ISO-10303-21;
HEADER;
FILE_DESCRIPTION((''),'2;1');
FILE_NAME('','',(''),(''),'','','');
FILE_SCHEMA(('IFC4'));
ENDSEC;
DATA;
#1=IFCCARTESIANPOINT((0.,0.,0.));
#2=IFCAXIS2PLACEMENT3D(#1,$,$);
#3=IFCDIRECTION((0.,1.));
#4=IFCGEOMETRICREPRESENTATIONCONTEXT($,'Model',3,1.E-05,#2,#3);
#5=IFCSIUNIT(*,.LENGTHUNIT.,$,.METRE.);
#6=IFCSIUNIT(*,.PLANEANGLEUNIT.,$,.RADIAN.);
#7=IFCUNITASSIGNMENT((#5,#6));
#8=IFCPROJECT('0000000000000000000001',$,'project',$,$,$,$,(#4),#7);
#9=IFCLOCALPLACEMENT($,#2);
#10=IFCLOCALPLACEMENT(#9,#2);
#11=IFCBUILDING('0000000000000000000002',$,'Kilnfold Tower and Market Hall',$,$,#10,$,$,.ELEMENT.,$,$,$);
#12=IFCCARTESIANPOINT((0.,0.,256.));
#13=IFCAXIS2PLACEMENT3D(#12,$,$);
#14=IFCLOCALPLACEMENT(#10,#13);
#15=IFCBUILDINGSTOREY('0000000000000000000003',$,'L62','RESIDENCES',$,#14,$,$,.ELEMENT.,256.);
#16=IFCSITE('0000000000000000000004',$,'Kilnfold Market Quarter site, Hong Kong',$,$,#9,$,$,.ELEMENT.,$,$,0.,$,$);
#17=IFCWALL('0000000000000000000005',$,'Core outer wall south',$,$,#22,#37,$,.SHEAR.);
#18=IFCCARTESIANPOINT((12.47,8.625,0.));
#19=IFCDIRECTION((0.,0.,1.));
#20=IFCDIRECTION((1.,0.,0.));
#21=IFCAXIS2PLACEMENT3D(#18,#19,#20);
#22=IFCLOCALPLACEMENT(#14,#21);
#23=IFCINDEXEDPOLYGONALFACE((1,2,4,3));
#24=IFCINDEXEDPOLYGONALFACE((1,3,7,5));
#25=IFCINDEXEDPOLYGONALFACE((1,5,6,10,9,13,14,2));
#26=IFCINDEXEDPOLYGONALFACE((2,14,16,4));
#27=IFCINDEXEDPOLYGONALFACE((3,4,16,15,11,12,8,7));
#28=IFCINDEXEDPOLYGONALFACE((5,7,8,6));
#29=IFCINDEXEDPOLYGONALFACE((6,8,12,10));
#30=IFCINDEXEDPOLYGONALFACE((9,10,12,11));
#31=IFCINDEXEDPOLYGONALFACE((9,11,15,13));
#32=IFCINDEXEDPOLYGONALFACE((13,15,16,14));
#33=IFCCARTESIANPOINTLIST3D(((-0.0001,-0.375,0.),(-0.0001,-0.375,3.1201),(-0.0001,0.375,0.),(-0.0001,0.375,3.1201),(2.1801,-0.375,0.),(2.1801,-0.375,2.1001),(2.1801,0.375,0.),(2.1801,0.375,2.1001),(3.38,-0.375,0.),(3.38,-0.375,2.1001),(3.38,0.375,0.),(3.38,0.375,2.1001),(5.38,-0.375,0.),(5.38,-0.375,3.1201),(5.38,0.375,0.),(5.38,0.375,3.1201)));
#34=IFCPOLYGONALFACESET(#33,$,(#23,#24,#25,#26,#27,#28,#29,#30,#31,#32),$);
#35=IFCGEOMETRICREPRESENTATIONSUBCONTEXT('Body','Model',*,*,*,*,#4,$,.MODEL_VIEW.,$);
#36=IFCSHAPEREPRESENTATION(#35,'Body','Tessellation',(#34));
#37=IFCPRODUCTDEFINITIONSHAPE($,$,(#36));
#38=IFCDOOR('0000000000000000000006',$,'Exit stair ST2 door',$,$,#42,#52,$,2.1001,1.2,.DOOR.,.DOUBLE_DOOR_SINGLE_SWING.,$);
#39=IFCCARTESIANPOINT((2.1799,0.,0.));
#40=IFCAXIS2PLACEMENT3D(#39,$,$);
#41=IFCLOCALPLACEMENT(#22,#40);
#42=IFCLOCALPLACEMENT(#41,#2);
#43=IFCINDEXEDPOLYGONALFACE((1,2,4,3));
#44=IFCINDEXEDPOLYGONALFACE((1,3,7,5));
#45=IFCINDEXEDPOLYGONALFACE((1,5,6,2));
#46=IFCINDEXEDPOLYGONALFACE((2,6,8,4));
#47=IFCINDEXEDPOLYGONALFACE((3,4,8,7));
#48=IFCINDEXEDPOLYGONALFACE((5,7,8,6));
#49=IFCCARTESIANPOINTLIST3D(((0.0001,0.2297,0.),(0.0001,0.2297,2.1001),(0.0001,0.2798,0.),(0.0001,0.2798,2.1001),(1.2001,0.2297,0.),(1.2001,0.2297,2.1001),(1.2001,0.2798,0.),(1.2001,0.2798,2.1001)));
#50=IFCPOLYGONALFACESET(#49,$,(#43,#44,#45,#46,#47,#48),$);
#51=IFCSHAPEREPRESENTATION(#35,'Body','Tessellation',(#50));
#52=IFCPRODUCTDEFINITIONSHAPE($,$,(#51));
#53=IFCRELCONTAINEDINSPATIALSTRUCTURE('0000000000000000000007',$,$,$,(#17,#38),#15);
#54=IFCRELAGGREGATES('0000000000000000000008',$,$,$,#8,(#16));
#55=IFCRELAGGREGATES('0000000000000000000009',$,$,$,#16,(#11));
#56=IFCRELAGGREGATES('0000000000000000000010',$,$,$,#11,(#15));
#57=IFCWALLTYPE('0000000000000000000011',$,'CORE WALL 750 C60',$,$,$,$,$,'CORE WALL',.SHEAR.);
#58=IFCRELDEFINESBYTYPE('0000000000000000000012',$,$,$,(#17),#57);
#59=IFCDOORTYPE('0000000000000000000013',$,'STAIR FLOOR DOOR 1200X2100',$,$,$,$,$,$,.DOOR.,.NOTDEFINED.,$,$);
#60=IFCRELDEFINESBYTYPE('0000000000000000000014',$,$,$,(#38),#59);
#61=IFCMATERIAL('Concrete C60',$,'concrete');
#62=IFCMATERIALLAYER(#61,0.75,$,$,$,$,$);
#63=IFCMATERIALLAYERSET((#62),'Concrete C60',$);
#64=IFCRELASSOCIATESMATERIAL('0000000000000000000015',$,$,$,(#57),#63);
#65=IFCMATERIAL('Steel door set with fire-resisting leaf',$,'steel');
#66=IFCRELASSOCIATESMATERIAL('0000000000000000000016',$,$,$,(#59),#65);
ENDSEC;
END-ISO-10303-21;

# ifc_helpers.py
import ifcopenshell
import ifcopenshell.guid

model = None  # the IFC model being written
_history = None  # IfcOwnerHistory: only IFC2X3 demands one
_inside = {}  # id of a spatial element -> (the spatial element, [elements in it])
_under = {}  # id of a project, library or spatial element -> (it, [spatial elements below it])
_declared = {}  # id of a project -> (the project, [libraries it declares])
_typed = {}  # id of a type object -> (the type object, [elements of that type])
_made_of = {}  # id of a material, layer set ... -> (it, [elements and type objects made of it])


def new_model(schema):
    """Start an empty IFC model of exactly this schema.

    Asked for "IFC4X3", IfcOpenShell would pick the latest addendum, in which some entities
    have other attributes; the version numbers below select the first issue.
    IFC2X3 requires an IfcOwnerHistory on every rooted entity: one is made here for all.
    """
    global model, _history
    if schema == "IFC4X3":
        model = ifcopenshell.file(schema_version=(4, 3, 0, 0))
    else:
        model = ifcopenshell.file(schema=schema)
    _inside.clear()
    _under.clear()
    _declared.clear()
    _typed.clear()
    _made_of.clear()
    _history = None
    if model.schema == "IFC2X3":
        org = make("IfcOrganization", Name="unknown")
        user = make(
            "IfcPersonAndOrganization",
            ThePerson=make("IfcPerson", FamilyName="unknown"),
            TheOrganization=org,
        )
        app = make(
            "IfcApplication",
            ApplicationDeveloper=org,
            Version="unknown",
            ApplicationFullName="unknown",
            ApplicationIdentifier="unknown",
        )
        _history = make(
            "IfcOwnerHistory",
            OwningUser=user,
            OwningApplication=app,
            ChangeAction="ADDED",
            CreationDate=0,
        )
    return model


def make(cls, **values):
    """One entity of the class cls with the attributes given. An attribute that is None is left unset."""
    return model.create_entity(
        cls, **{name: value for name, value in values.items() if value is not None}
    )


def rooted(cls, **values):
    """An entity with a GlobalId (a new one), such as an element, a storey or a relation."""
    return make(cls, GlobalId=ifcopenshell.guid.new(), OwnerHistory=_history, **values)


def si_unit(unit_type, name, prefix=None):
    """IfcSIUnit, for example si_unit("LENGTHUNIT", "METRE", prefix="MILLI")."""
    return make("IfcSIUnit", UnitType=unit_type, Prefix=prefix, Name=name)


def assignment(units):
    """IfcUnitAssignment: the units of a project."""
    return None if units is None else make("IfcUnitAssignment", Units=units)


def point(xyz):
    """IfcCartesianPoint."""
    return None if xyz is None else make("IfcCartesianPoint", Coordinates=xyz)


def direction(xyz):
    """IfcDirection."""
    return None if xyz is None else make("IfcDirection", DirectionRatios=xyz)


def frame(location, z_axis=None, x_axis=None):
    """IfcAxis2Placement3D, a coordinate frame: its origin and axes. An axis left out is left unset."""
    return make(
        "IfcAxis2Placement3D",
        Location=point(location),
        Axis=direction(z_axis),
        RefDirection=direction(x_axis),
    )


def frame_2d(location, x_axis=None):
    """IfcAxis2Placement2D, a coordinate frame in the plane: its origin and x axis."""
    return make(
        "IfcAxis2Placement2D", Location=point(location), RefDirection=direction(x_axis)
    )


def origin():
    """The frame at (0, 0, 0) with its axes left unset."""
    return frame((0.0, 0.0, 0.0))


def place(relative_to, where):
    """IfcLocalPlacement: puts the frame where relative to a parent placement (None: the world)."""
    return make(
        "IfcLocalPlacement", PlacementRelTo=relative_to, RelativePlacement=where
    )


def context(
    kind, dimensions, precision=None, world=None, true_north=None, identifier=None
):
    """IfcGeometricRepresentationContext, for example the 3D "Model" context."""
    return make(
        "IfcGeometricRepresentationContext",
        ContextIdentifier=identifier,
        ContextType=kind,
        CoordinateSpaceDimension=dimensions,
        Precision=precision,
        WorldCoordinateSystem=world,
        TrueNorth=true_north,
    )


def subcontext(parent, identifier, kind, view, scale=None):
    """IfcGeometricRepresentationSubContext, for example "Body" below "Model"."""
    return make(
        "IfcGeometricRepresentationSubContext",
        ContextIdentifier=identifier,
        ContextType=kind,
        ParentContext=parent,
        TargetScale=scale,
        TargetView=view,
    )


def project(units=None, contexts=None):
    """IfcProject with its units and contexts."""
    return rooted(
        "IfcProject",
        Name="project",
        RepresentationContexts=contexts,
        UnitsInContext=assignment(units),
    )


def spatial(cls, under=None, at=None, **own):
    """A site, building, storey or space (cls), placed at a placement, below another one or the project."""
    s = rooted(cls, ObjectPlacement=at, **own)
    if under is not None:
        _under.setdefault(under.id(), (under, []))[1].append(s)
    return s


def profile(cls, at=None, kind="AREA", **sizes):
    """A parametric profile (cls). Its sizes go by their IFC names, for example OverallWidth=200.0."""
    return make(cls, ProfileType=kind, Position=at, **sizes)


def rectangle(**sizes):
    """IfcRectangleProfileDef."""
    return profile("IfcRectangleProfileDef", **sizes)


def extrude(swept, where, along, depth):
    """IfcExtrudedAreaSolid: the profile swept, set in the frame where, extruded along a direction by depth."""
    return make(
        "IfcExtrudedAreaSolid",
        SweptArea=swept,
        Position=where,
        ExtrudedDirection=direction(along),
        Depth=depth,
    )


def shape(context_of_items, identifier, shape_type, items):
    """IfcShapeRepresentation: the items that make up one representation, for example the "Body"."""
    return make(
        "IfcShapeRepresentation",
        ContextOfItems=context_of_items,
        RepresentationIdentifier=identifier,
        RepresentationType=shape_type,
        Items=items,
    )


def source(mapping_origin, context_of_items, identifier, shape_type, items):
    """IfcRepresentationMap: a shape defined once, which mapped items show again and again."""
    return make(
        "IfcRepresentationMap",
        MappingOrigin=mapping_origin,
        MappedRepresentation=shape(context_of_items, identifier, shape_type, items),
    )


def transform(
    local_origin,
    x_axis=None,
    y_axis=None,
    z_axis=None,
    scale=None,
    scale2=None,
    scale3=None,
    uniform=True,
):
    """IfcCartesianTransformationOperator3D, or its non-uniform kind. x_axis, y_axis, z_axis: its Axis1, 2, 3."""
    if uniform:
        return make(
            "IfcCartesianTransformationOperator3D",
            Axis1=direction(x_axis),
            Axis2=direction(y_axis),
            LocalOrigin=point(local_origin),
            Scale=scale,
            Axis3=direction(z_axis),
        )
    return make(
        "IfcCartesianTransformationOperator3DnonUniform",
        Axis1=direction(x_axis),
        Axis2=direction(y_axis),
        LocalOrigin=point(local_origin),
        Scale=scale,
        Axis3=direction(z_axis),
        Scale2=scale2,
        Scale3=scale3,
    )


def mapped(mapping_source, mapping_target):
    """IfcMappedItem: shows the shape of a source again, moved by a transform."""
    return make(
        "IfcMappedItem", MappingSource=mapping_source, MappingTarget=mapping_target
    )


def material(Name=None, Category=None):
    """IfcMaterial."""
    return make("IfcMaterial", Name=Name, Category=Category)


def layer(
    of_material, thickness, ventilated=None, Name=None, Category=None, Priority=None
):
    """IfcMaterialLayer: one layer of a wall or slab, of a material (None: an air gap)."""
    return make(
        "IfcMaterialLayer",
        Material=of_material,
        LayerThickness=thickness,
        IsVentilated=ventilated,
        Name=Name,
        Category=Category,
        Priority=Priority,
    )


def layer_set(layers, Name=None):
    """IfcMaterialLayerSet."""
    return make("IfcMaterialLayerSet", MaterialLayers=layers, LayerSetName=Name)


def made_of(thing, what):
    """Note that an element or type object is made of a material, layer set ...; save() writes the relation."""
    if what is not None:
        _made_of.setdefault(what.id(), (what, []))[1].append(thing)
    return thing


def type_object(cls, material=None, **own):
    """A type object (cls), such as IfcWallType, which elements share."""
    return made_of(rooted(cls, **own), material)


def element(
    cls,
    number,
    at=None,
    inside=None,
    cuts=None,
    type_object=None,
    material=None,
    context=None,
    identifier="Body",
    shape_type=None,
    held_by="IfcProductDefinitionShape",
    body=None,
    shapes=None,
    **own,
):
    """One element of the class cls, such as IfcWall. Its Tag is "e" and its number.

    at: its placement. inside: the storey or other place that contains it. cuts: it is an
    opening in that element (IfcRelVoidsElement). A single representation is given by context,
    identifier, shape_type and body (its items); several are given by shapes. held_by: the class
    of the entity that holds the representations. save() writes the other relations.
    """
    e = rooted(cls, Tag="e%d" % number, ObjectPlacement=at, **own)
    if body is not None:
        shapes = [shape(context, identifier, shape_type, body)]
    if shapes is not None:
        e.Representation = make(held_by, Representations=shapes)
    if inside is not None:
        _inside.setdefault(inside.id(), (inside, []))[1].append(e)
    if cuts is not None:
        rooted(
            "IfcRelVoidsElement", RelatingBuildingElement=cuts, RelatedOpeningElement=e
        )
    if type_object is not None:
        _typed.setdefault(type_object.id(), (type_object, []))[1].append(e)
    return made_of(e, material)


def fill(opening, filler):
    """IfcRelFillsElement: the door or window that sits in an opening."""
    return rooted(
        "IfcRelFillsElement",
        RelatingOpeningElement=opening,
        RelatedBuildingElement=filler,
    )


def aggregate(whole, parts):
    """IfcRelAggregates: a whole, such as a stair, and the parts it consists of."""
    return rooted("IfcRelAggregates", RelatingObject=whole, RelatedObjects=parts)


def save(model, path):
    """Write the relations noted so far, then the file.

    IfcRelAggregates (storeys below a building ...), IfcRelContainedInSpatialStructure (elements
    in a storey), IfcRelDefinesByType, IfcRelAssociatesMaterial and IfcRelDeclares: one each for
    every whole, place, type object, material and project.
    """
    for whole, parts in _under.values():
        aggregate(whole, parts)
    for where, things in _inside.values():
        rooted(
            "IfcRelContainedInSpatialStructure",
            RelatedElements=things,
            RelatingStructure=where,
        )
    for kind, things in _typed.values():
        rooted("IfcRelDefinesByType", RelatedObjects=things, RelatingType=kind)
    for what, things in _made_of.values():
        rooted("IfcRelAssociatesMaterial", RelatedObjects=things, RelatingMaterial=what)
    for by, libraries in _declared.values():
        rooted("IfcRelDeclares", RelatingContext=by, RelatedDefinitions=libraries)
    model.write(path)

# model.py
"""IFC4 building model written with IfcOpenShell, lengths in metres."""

from ifc_helpers import new_model, si_unit, direction, frame, frame_2d, origin, place, context, subcontext, project, spatial, rectangle, extrude, source, transform, mapped, material, layer, layer_set, type_object, element, fill, save


model = new_model("IFC4")

# Units and contexts
model_context = context("Model", 3, precision=1e-05, world=origin(), true_north=direction((0.0, 1.0)))
body_context = subcontext(model_context, "Body", "Model", "MODEL_VIEW")
ifc_project = project(units=[si_unit("LENGTHUNIT", "METRE"), si_unit("PLANEANGLEUNIT", "RADIAN")], contexts=[model_context])

# Site, building, storey
site_placement = place(None, origin())
site = spatial("IfcSite", under=ifc_project, at=site_placement, Name="Kilnfold Market Quarter site, Hong Kong", CompositionType="ELEMENT", RefElevation=0.0)
building_placement = place(site_placement, origin())
building = spatial("IfcBuilding", under=site, at=building_placement, Name="Kilnfold Tower and Market Hall", CompositionType="ELEMENT")
storey_placement = place(building_placement, frame((0.0, 0.0, 256.0)))
storey = spatial("IfcBuildingStorey", under=building, at=storey_placement, Name="L62", Description="RESIDENCES", CompositionType="ELEMENT", Elevation=256.0)

# Shared definitions
ifc_material_1 = material(Name="Concrete C60", Category="concrete")
ifc_layer_1 = layer(ifc_material_1, 0.75)
ifc_layer_set_1 = layer_set([ifc_layer_1], Name="Concrete C60")
wall_type_1 = type_object("IfcWallType", Name="CORE WALL 750 C60", ElementType="CORE WALL", PredefinedType="SHEAR", material=ifc_layer_set_1)

# Wall, opening, door
shared_shape_1 = source(origin(), body_context, "Body", "SweptSolid", [
    extrude(rectangle(XDim=5.3801, YDim=0.75, at=frame_2d((2.6899, 0.0))), origin(), (0.0, 0.0, 1.0), 3.1201),
])
wall_1_placement = place(storey_placement, frame((12.47, 8.625, 0.0), z_axis=(0.0, 0.0, 1.0), x_axis=(1.0, 0.0, 0.0)))
wall_1 = element("IfcWall", 1, at=wall_1_placement, inside=storey, type_object=wall_type_1, Name="Core outer wall south", PredefinedType="SHEAR", context=body_context, shape_type="MappedRepresentation", body=[
    mapped(shared_shape_1, transform((0.0, 0.0, 0.0))),
])
opening_1_placement = place(wall_1_placement, frame((2.1799, 0.0, 0.0)))
opening_1 = element("IfcOpeningElement", 2, at=opening_1_placement, cuts=wall_1, PredefinedType="OPENING", context=body_context, shape_type="SweptSolid", body=[
    extrude(rectangle(XDim=1.2, YDim=2.1001, at=frame_2d((0.6001, 1.05))), frame((0.0, 0.385, 0.0), z_axis=(0.0, -1.0, 0.0), x_axis=(1.0, 0.0, 0.0)), (0.0, 0.0, 1.0), 0.77),
])
ifc_material_2 = material(Name="Steel door set with fire-resisting leaf", Category="steel")
door_type_1 = type_object("IfcDoorType", Name="STAIR FLOOR DOOR 1200X2100", OperationType="NOTDEFINED", PredefinedType="DOOR", material=ifc_material_2)
door_1_placement = place(opening_1_placement, origin())
door_1 = element("IfcDoor", 3, at=door_1_placement, inside=storey, type_object=door_type_1, Name="Exit stair ST2 door", OperationType="DOUBLE_DOOR_SINGLE_SWING", OverallHeight=2.1001, OverallWidth=1.2, PredefinedType="DOOR", context=body_context, shape_type="SweptSolid", body=[
    extrude(rectangle(XDim=1.2, YDim=2.1001, at=frame_2d((0.6001, 1.05))), frame((0.0, 0.2798, 0.0), z_axis=(0.0, -1.0, 0.0), x_axis=(1.0, 0.0, 0.0)), (0.0, 0.0, 1.0), 0.05),
])
fill(opening_1, door_1)

save(model, "model.ifc")
